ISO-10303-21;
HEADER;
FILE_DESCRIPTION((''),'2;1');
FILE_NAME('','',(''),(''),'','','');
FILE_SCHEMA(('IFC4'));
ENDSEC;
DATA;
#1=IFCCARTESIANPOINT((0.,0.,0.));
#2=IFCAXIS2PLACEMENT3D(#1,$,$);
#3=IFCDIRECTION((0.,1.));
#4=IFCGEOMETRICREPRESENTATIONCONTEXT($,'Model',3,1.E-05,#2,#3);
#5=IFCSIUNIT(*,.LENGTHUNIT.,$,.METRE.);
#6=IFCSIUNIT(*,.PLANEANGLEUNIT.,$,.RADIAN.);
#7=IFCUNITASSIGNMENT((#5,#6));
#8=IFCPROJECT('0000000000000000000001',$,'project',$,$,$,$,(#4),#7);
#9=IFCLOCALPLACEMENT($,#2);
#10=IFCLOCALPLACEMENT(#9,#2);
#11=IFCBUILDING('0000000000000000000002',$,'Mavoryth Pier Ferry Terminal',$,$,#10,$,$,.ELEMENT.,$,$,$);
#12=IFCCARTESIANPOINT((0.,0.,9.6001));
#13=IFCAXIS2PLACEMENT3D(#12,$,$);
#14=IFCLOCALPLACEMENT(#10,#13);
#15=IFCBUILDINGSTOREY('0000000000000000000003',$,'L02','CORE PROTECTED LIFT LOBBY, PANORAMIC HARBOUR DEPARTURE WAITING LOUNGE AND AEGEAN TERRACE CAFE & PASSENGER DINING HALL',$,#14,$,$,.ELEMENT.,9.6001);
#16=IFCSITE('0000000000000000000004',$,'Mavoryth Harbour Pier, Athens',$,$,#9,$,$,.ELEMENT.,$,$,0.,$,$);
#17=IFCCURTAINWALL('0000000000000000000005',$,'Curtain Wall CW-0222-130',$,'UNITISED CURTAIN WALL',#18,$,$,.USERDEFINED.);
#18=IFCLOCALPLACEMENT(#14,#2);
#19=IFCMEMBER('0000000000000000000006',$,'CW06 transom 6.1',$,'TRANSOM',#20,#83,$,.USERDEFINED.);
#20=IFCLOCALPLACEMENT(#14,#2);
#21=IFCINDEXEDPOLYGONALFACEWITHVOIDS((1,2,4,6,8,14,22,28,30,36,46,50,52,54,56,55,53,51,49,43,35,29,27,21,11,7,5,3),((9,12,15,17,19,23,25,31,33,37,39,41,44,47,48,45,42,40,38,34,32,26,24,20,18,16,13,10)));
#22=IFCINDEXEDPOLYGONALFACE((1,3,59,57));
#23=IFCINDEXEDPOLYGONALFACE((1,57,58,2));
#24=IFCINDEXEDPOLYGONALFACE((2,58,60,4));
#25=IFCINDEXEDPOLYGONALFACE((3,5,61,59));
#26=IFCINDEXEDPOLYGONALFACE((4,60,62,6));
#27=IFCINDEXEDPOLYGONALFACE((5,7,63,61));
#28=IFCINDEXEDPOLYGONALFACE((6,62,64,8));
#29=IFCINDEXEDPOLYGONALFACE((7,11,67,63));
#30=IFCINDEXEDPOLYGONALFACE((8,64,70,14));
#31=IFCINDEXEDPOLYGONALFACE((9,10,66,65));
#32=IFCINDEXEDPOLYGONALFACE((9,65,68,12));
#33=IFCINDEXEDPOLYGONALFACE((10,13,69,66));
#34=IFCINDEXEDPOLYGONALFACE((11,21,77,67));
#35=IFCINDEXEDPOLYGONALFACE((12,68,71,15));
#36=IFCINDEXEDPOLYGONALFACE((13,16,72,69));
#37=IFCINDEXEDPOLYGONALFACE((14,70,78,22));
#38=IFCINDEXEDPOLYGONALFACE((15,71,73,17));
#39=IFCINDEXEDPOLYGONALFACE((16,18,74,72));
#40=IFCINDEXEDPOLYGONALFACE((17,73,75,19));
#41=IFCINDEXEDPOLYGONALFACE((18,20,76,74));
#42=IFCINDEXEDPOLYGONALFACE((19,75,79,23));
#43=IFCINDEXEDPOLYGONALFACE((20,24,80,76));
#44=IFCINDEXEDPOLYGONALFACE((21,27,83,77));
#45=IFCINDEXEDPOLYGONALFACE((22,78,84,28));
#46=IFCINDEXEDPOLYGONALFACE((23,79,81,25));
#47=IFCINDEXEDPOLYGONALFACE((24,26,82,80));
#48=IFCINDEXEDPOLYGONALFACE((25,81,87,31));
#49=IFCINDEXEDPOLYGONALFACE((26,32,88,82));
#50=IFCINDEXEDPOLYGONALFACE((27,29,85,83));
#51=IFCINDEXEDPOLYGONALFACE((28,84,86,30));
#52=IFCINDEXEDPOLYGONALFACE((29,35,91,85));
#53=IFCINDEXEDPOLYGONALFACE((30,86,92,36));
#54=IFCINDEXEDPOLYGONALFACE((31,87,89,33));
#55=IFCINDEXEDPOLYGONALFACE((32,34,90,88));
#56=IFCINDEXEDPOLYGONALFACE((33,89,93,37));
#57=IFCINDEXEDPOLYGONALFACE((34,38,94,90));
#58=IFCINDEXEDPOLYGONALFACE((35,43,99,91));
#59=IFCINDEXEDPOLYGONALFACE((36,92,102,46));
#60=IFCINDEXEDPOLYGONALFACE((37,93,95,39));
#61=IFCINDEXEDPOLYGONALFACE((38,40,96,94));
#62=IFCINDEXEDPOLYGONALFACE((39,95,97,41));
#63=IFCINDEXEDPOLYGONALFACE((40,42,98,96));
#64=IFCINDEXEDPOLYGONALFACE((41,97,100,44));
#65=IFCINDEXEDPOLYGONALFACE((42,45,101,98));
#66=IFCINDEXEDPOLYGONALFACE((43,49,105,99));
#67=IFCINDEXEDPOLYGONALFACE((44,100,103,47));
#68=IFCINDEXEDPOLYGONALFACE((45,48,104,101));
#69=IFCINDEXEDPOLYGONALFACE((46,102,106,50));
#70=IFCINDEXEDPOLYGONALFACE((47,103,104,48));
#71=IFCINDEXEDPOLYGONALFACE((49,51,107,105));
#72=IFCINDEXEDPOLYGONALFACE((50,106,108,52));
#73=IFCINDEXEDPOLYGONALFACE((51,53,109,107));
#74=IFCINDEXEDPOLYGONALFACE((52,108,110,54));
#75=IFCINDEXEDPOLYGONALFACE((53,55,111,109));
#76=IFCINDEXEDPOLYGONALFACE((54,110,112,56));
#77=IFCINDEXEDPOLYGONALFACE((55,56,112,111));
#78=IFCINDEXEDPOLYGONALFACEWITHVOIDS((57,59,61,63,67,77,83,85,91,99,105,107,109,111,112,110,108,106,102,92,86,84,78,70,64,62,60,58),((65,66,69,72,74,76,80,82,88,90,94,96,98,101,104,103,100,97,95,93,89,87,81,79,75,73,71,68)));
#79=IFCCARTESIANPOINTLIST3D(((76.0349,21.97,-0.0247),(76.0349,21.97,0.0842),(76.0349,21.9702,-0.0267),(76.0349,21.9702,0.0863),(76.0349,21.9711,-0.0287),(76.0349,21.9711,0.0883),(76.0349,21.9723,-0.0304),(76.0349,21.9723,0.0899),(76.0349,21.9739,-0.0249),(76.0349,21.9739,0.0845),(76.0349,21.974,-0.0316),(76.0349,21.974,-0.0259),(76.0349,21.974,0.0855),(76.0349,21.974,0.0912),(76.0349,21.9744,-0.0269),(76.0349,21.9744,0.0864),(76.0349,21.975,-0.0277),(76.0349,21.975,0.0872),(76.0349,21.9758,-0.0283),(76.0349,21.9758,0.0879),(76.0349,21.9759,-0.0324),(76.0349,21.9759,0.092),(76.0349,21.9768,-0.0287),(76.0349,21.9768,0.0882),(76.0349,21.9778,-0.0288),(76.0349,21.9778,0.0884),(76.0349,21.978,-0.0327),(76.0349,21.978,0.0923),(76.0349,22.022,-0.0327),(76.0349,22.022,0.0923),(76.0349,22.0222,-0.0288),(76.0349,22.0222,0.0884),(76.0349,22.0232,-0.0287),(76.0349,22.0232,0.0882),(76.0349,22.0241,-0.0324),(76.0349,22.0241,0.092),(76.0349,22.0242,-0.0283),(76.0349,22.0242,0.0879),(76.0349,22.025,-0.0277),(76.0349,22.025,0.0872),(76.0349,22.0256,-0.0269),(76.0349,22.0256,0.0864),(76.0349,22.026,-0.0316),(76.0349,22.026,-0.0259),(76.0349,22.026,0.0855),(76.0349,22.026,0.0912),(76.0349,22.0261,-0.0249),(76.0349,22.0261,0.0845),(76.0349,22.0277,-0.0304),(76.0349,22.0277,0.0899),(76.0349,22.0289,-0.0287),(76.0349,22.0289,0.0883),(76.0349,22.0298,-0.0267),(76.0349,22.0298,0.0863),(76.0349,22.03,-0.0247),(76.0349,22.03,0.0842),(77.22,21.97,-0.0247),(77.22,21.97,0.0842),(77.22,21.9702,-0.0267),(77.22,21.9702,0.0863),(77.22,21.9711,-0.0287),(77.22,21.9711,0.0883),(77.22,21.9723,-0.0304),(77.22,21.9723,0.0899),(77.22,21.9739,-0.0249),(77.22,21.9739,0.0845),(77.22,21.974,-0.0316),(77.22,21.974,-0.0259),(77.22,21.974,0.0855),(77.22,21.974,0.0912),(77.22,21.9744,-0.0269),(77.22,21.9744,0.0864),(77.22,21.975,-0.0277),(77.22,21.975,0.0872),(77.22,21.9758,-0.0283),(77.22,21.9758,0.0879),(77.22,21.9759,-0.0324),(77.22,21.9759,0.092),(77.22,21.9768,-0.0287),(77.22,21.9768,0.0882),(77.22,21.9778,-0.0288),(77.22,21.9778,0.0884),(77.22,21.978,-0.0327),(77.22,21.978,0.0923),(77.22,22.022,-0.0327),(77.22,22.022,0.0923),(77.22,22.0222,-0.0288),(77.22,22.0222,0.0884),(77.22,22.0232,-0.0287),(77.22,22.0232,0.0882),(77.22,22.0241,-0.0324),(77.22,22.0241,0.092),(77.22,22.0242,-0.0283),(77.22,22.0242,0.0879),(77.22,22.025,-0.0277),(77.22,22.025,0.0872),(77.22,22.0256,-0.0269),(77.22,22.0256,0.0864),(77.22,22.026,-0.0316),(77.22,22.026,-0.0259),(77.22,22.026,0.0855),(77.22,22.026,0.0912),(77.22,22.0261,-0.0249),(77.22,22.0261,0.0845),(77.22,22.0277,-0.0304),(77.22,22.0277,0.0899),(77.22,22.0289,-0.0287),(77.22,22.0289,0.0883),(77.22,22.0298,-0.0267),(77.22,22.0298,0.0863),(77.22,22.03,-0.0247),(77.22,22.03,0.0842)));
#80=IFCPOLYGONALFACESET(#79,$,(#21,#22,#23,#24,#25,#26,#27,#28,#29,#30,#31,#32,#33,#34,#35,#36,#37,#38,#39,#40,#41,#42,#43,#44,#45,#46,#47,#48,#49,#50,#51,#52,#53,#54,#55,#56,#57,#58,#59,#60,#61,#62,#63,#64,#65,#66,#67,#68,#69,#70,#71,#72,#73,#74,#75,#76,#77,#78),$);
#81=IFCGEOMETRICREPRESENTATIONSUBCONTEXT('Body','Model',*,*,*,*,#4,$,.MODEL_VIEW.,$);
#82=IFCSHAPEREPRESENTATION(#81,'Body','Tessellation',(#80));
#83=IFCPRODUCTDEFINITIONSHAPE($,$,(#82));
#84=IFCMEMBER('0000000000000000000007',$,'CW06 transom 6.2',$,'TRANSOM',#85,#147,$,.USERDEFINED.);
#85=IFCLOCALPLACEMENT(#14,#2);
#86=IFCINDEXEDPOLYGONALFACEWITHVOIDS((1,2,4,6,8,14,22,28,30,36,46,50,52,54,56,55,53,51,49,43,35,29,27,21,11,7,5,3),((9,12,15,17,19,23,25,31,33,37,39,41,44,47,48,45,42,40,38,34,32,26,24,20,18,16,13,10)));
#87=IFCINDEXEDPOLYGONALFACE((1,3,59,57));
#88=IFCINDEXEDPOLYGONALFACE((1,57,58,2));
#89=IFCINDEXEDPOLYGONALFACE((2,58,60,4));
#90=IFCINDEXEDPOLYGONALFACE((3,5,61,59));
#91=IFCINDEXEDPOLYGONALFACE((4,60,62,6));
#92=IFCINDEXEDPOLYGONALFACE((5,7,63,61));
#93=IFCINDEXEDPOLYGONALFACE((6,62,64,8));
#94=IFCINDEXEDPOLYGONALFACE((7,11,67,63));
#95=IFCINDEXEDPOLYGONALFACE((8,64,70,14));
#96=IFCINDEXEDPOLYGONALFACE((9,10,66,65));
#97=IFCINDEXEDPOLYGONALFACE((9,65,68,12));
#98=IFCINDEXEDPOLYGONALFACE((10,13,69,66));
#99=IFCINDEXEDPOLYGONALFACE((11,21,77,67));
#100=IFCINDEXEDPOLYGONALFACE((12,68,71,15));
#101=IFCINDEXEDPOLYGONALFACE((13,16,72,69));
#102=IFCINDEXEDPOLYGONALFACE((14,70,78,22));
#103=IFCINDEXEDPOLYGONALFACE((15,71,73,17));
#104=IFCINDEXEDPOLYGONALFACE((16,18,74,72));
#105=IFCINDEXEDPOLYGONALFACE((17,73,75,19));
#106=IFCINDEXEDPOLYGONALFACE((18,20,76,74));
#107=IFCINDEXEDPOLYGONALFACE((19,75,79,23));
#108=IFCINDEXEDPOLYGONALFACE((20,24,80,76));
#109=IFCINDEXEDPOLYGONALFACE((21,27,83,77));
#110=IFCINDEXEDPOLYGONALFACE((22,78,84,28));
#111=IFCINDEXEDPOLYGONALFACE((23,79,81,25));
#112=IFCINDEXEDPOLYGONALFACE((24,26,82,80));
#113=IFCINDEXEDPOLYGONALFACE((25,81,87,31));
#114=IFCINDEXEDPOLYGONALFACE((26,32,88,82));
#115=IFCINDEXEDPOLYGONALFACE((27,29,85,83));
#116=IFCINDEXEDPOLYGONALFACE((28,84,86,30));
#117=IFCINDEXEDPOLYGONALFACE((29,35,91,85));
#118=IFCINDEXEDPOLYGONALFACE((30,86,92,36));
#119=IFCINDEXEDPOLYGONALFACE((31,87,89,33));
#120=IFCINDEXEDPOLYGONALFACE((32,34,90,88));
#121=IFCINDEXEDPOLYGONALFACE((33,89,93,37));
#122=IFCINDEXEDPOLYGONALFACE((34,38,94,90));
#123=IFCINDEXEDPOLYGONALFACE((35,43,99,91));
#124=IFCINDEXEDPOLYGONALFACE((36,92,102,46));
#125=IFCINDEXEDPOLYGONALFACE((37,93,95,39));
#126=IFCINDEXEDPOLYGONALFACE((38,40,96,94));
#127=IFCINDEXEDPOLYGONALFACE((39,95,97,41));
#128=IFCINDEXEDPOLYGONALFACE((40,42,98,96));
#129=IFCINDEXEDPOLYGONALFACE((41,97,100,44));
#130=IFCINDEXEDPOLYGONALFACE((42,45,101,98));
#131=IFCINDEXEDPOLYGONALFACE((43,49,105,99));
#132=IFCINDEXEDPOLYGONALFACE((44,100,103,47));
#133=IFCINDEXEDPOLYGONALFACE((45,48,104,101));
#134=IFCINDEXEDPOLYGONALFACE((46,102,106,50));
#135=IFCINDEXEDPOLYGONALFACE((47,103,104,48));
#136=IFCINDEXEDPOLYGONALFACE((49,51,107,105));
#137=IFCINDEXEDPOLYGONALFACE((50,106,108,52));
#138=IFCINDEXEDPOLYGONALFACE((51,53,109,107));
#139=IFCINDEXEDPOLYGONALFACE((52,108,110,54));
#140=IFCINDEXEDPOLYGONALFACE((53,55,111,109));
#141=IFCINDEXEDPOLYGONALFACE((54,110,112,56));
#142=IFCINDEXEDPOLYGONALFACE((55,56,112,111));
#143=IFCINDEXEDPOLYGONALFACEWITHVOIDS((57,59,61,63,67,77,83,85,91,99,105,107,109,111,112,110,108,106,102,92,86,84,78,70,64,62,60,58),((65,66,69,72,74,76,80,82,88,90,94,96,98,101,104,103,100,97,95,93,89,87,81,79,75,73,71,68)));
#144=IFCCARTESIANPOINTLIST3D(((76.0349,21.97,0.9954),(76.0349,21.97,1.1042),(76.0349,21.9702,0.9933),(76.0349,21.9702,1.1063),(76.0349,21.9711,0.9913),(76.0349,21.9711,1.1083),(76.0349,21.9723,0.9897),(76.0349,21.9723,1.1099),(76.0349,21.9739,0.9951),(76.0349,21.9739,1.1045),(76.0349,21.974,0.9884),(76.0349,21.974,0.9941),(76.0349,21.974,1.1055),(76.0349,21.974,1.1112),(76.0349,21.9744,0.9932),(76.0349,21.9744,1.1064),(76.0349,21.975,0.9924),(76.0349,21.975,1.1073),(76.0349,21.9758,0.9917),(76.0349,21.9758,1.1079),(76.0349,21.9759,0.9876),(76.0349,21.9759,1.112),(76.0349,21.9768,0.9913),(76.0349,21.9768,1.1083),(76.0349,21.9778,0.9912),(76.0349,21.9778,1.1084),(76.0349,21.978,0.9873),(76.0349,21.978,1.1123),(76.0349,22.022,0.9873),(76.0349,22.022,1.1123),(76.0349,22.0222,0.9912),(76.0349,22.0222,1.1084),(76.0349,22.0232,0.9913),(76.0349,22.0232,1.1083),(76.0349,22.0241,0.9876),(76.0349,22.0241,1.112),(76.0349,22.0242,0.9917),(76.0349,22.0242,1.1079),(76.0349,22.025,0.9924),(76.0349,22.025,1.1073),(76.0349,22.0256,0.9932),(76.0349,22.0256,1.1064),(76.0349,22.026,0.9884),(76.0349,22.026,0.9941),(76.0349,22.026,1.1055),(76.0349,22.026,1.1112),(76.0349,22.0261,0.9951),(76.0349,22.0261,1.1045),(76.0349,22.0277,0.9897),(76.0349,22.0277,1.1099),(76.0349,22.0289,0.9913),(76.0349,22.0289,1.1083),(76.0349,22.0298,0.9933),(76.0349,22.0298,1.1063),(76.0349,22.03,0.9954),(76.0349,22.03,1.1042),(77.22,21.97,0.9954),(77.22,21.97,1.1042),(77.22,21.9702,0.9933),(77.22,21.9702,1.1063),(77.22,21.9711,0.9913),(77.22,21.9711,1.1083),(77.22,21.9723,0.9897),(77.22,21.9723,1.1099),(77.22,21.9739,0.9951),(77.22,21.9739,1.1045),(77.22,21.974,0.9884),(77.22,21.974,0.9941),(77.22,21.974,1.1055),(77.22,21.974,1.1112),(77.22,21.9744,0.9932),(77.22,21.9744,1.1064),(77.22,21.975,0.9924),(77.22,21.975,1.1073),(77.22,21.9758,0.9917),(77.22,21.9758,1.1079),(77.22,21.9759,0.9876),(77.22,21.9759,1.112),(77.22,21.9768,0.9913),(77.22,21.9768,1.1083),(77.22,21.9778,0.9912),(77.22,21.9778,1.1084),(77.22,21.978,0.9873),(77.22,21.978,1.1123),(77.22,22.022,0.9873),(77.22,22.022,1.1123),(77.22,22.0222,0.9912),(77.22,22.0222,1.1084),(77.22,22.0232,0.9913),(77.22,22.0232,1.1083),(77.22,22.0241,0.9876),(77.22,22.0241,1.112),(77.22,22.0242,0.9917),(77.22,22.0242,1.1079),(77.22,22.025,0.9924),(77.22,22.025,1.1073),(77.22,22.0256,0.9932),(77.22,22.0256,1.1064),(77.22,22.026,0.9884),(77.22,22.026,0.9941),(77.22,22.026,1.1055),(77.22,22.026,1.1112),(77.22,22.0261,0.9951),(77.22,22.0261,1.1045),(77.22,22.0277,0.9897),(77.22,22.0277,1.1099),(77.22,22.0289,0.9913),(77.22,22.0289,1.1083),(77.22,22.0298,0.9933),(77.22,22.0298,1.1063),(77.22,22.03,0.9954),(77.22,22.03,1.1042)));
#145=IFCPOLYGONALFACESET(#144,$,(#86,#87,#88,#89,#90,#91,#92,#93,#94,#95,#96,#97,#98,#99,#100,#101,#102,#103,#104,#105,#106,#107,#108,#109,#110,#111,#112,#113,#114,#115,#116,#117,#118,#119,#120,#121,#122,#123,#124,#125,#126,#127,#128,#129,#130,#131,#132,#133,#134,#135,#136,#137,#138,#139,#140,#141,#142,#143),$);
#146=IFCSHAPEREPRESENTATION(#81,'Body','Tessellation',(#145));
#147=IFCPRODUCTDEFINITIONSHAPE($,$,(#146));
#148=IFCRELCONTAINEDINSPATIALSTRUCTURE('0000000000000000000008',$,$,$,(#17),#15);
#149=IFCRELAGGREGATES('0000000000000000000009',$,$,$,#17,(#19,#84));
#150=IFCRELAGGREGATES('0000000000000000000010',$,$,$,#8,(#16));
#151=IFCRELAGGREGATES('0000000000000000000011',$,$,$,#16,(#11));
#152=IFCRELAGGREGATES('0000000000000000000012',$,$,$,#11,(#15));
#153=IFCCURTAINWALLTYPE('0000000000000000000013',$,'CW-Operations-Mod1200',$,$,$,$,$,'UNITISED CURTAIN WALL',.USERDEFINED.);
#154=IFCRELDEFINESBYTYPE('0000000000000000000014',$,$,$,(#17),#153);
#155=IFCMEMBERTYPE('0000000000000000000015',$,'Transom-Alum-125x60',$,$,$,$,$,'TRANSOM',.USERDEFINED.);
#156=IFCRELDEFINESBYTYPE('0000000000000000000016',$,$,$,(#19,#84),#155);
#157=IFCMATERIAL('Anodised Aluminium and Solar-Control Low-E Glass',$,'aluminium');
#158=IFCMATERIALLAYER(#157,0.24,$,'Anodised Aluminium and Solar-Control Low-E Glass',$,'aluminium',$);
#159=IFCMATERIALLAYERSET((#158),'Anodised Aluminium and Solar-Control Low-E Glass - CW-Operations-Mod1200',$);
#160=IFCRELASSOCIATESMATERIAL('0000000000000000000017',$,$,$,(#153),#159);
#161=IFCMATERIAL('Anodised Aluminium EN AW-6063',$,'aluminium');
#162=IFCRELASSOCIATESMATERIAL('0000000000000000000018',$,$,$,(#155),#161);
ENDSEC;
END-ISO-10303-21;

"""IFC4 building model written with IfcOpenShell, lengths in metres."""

from ifc_helpers import new_model, si_unit, direction, frame, origin, origin_2d, place, context, subcontext, project, spatial, hollow_rectangle, extrude, material, layer, layer_set, material_profile, profile_set, type_object, element, aggregate, save


model = new_model("IFC4")

# Units and contexts
model_context = context("Model", 3, precision=1e-05, world=origin(), true_north=direction((0.0, 1.0)))
body_context = subcontext(model_context, "Body", "Model", "MODEL_VIEW")
ifc_project = project(units=[si_unit("LENGTHUNIT", "METRE"), si_unit("PLANEANGLEUNIT", "RADIAN")], contexts=[model_context])

# Site, building, storey
site_placement = place(None, origin())
site = spatial("IfcSite", under=ifc_project, at=site_placement, Name="Mavoryth Harbour Pier, Athens", CompositionType="ELEMENT", RefElevation=0.0)
building_placement = place(site_placement, origin())
building = spatial("IfcBuilding", under=site, at=building_placement, Name="Mavoryth Pier Ferry Terminal", CompositionType="ELEMENT")
storey_placement = place(building_placement, frame((0.0, 0.0, 9.6001)))
storey = spatial("IfcBuildingStorey", under=building, at=storey_placement, Name="L02", Description="CORE PROTECTED LIFT LOBBY, PANORAMIC HARBOUR DEPARTURE WAITING LOUNGE AND AEGEAN TERRACE CAFE & PASSENGER DINING HALL", CompositionType="ELEMENT", Elevation=9.6001)

# Curtain wall
ifc_material_1 = material(Name="Anodised Aluminium and Solar-Control Low-E Glass", Category="aluminium")
ifc_layer_1 = layer(ifc_material_1, 0.24, Name="Anodised Aluminium and Solar-Control Low-E Glass", Category="aluminium")
ifc_layer_set_1 = layer_set([ifc_layer_1], Name="Anodised Aluminium and Solar-Control Low-E Glass - CW-Operations-Mod1200")
curtain_wall_type = type_object("IfcCurtainWallType", Name="CW-Operations-Mod1200", ElementType="UNITISED CURTAIN WALL", PredefinedType="USERDEFINED", material=ifc_layer_set_1)
ifc_material_2 = material(Name="Anodised Aluminium EN AW-6063", Category="aluminium")
curtain_wall_1_placement = place(storey_placement, origin())
curtain_wall_1 = element("IfcCurtainWall", 1, at=curtain_wall_1_placement, inside=storey, type_object=curtain_wall_type, Name="Curtain Wall CW-0222-130", ObjectType="UNITISED CURTAIN WALL", PredefinedType="USERDEFINED")

# Members
ifc_material_profile_1 = material_profile(ifc_material_2, hollow_rectangle(XDim=0.0601, YDim=0.125, WallThickness=0.0039, InnerFilletRadius=0.0039, OuterFilletRadius=0.0081, at=origin_2d()), Name="AL-TRAN 125x60x4", Category="aluminium")
ifc_profile_set_1 = profile_set([ifc_material_profile_1], Name="Anodised Aluminium EN AW-6063 - AL-TRAN 125x60x4")
member_type_1 = type_object("IfcMemberType", Name="Transom-Alum-125x60", ElementType="TRANSOM", PredefinedType="USERDEFINED", material=ifc_profile_set_1)
member_1_placement = place(storey_placement, frame((77.22, 22.0, 0.0298), z_axis=(-1.0, 0.0, 0.0), x_axis=(0.0, -1.0, 0.0)))
member_1 = element("IfcMember", 2, at=member_1_placement, type_object=member_type_1, Name="CW06 transom 6.1", ObjectType="TRANSOM", PredefinedType="USERDEFINED", context=body_context, shape_type="SweptSolid", body=[
    extrude(hollow_rectangle(XDim=0.0601, YDim=0.125, WallThickness=0.0039, InnerFilletRadius=0.0039, OuterFilletRadius=0.0081, at=origin_2d()), origin(), (0.0, 0.0, 1.0), 1.1851),
])
member_2_placement = place(storey_placement, frame((77.22, 22.0, 1.0498), z_axis=(-1.0, 0.0, 0.0), x_axis=(0.0, -1.0, 0.0)))
member_2 = element("IfcMember", 3, at=member_2_placement, type_object=member_type_1, Name="CW06 transom 6.2", ObjectType="TRANSOM", PredefinedType="USERDEFINED", context=body_context, shape_type="SweptSolid", body=[
    extrude(hollow_rectangle(XDim=0.0601, YDim=0.125, WallThickness=0.0039, InnerFilletRadius=0.0039, OuterFilletRadius=0.0081, at=origin_2d()), origin(), (0.0, 0.0, 1.0), 1.1851),
])

aggregate(curtain_wall_1, [member_1, member_2])

save(model, "model.ifc")
